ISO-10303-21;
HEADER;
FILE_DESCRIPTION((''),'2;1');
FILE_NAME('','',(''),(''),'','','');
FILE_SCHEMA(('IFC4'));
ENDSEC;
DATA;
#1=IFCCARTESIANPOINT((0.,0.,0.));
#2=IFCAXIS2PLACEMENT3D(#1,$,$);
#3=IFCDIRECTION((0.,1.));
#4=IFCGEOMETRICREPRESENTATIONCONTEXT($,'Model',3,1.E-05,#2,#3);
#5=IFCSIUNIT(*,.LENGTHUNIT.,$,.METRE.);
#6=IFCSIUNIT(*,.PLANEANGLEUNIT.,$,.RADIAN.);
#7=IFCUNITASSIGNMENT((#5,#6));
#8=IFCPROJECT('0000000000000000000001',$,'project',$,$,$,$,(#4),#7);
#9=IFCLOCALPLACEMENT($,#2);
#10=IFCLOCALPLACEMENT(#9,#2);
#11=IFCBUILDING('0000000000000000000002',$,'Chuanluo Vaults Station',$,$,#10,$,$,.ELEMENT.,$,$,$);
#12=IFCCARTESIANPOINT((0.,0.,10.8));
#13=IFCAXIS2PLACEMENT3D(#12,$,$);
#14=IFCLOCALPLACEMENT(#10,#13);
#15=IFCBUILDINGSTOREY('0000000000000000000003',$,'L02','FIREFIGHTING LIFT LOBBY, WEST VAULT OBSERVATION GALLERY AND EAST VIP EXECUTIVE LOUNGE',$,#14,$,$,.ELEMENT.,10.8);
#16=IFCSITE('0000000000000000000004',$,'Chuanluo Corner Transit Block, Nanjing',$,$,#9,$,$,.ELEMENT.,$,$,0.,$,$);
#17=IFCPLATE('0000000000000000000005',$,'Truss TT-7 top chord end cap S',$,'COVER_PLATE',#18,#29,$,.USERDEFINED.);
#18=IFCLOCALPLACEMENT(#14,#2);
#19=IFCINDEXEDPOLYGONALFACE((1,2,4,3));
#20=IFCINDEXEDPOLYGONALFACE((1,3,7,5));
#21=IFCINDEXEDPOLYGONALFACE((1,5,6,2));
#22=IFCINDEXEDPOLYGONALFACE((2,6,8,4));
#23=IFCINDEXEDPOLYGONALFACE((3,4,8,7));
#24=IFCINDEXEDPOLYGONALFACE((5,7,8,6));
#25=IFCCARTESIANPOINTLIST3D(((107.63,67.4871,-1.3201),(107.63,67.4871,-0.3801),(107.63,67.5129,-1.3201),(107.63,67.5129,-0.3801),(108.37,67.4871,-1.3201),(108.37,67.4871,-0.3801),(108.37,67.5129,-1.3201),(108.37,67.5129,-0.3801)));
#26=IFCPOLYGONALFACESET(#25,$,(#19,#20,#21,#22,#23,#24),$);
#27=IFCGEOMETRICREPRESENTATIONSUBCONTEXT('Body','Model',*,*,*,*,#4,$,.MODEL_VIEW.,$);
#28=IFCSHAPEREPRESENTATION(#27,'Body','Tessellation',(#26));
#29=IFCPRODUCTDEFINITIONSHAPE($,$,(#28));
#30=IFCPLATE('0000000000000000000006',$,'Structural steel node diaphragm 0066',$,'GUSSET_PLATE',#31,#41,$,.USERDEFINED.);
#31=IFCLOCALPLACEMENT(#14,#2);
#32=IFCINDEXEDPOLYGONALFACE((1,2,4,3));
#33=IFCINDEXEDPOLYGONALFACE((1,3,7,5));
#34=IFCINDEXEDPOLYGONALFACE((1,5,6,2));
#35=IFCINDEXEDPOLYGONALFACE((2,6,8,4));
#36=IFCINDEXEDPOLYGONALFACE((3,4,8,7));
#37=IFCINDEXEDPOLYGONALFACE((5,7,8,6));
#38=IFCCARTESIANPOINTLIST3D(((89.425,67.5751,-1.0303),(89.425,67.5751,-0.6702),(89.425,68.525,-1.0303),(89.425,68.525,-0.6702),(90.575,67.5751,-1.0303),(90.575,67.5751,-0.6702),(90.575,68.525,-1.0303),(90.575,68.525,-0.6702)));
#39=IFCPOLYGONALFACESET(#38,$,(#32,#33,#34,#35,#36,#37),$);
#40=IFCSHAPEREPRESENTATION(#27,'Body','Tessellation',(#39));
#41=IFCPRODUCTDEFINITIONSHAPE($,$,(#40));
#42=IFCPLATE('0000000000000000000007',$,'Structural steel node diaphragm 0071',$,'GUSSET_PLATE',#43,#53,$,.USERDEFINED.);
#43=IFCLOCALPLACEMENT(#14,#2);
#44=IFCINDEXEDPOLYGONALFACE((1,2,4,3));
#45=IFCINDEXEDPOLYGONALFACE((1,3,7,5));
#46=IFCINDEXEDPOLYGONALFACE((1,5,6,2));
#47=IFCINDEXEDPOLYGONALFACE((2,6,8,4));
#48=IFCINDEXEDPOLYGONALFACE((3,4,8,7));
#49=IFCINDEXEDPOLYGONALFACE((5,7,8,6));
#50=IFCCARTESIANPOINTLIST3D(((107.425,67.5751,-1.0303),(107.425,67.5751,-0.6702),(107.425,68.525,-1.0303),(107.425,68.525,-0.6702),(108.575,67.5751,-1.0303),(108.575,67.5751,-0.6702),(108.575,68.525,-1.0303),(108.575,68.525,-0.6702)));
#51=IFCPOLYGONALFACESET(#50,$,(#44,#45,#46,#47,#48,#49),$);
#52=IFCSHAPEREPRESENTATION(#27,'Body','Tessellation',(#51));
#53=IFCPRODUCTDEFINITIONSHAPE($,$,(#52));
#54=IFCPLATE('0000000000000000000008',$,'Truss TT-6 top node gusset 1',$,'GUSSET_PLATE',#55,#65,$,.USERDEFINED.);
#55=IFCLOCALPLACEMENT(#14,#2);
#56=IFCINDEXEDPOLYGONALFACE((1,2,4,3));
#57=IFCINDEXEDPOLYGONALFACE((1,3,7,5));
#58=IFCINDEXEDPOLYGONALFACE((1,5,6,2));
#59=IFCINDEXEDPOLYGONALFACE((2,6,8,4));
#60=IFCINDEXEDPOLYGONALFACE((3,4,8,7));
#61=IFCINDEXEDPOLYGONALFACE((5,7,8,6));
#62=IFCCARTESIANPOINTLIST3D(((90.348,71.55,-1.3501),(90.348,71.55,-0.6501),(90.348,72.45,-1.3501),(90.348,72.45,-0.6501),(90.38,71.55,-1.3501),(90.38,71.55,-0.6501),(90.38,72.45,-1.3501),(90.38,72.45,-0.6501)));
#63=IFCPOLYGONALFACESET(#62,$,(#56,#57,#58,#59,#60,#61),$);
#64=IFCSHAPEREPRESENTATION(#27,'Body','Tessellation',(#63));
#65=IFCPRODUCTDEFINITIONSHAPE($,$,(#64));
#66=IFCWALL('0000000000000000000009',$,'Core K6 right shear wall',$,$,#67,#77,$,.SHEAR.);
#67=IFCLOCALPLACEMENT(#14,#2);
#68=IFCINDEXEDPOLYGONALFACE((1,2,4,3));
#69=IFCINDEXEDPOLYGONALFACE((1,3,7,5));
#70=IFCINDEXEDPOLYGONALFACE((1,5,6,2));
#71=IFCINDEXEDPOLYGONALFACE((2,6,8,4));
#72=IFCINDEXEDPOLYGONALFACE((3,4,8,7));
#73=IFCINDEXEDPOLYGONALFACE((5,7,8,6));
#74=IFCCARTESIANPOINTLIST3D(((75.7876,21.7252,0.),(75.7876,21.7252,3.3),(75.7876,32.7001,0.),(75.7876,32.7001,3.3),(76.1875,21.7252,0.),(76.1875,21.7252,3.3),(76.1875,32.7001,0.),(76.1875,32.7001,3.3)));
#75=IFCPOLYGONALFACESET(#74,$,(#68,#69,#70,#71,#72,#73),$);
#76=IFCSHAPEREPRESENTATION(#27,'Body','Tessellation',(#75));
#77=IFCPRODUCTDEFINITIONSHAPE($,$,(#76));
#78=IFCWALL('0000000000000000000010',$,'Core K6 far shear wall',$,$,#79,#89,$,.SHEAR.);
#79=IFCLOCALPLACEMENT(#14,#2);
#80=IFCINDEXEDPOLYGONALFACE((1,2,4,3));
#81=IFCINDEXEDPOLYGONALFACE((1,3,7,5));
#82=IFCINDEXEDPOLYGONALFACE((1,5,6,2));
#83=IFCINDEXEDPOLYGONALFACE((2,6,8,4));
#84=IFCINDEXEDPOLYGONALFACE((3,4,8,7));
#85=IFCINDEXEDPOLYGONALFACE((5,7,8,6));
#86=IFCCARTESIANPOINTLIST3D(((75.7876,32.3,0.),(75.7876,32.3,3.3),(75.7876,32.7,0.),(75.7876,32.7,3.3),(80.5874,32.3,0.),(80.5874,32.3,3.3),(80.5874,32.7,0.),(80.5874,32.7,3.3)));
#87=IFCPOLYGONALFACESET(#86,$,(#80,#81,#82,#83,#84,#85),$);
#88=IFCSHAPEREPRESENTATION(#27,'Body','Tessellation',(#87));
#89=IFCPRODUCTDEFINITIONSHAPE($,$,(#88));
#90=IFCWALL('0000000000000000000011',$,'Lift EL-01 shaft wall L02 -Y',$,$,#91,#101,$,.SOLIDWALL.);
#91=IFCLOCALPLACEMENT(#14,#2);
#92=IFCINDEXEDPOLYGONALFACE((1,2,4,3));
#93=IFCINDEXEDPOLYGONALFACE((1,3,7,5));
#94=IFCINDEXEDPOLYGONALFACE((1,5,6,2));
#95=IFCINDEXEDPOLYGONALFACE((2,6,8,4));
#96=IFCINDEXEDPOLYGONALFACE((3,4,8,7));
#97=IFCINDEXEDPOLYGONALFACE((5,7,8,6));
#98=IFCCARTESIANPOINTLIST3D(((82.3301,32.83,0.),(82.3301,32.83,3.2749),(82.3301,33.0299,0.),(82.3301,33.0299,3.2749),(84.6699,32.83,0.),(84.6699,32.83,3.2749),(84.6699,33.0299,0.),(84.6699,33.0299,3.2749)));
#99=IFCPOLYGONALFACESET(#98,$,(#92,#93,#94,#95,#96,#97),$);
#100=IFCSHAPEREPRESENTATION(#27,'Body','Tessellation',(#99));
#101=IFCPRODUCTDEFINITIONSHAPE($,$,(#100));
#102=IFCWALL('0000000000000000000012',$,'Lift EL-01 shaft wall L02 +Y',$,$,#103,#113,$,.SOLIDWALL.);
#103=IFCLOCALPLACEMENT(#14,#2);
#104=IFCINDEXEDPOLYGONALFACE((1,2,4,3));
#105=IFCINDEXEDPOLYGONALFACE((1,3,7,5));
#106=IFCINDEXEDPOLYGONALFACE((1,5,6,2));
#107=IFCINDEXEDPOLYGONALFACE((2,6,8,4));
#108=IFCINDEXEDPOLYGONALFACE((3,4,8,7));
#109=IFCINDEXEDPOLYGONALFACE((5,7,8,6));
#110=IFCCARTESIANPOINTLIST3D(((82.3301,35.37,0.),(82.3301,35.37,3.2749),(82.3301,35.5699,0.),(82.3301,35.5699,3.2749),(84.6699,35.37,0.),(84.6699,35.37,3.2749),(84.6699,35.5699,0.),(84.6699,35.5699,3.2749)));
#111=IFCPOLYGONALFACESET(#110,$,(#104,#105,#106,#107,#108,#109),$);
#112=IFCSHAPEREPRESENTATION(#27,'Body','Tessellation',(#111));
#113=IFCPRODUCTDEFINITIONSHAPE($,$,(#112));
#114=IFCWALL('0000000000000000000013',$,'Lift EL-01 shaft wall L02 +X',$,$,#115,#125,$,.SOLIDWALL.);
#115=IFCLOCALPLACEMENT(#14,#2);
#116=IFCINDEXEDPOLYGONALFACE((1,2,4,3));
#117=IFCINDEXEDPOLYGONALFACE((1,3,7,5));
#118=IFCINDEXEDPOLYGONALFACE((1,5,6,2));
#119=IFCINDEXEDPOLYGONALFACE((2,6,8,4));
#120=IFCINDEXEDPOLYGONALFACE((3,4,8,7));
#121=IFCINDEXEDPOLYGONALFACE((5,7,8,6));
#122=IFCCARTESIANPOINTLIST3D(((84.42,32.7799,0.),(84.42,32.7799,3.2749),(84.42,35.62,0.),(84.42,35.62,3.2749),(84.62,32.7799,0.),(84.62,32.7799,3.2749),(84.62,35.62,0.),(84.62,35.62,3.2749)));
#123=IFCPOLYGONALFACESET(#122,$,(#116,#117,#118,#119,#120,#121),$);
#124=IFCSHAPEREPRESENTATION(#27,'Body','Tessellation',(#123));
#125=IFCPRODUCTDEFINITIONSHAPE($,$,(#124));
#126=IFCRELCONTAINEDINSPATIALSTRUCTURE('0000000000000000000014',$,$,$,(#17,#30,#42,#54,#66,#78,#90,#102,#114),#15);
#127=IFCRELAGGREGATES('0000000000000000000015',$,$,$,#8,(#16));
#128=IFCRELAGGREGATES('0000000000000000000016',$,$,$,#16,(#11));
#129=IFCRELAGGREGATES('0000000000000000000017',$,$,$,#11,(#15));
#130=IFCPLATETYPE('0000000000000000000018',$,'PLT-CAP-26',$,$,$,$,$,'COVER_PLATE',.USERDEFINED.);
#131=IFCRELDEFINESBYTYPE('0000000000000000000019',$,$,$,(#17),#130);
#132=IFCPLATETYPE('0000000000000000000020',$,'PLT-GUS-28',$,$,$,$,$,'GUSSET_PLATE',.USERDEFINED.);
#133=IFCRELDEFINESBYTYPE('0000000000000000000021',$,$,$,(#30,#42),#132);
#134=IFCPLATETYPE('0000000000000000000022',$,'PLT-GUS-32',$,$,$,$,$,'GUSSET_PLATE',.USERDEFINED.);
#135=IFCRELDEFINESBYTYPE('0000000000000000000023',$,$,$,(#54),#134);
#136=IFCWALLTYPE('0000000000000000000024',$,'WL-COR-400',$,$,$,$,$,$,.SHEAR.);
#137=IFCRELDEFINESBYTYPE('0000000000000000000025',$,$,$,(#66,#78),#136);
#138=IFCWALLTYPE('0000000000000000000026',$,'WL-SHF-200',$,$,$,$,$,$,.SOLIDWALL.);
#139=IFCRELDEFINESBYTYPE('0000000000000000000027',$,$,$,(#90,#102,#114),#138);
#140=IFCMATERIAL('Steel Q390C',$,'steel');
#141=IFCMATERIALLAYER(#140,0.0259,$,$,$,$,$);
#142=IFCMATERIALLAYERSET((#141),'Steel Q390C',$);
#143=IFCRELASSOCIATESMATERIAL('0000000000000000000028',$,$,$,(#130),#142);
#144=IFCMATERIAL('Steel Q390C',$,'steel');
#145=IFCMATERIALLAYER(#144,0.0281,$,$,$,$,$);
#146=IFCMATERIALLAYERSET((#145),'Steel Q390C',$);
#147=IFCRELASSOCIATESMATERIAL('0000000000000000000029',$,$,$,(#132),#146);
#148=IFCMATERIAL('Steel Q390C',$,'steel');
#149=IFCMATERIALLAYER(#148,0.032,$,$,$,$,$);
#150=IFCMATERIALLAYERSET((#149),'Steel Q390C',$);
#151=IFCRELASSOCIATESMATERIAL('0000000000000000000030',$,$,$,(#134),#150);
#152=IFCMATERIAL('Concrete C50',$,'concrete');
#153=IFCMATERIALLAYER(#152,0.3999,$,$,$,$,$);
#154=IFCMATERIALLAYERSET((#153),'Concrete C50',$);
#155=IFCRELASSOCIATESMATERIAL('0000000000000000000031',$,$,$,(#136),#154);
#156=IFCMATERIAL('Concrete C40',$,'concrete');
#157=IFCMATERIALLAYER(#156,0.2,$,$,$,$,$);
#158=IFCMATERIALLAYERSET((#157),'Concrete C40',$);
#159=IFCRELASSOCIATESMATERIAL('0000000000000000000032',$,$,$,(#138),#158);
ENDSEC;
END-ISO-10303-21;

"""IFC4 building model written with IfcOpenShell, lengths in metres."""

from ifc_helpers import new_model, si_unit, direction, frame, frame_2d, origin, origin_2d, place, context, subcontext, project, spatial, rectangle, extrude, material, layer, layer_set, type_object, element, save


model = new_model("IFC4")

# Units and contexts
model_context = context("Model", 3, precision=1e-05, world=origin(), true_north=direction((0.0, 1.0)))
body_context = subcontext(model_context, "Body", "Model", "MODEL_VIEW")
ifc_project = project(units=[si_unit("LENGTHUNIT", "METRE"), si_unit("PLANEANGLEUNIT", "RADIAN")], contexts=[model_context])

# Site, building, storey
site_placement = place(None, origin())
site = spatial("IfcSite", under=ifc_project, at=site_placement, Name="Chuanluo Corner Transit Block, Nanjing", CompositionType="ELEMENT", RefElevation=0.0)
building_placement = place(site_placement, origin())
building = spatial("IfcBuilding", under=site, at=building_placement, Name="Chuanluo Vaults Station", CompositionType="ELEMENT")
storey_placement = place(building_placement, frame((0.0, 0.0, 10.8)))
storey = spatial("IfcBuildingStorey", under=building, at=storey_placement, Name="L02", Description="FIREFIGHTING LIFT LOBBY, WEST VAULT OBSERVATION GALLERY AND EAST VIP EXECUTIVE LOUNGE", CompositionType="ELEMENT", Elevation=10.8)

# Plates
ifc_material_1 = material(Name="Steel Q390C", Category="steel")
ifc_layer_1 = layer(ifc_material_1, 0.0259)
ifc_layer_set_1 = layer_set([ifc_layer_1], Name="Steel Q390C")
plate_type_1 = type_object("IfcPlateType", Name="PLT-CAP-26", ElementType="COVER_PLATE", PredefinedType="USERDEFINED", material=ifc_layer_set_1)
for number, where, z_axis, x_axis, name in (
    (1, (108.0, 67.5, -1.3201), (0.0, 0.0, 1.0), (1.0, 0.0, 0.0), "Truss TT-7 top chord end cap S"),
):
    element("IfcPlate", number, at=place(storey_placement, frame(where, z_axis=z_axis, x_axis=x_axis)), inside=storey, type_object=plate_type_1, Name=name, ObjectType="COVER_PLATE", PredefinedType="USERDEFINED", context=body_context, shape_type="SweptSolid", body=[
        extrude(rectangle(XDim=0.74, YDim=0.0259, at=origin_2d()), origin(), (0.0, 0.0, 1.0), 0.9399),
    ])
ifc_material_2 = material(Name="Steel Q390C", Category="steel")
ifc_layer_2 = layer(ifc_material_2, 0.0281)
ifc_layer_set_2 = layer_set([ifc_layer_2], Name="Steel Q390C")
plate_type_2 = type_object("IfcPlateType", Name="PLT-GUS-28", ElementType="GUSSET_PLATE", PredefinedType="USERDEFINED", material=ifc_layer_set_2)
for number, where, z_axis, x_axis, name in (
    (2, (90.0, 68.05, -1.0303), (0.0, 0.0, 1.0), (1.0, 0.0, 0.0), "Structural steel node diaphragm 0066"),
    (3, (108.0, 68.05, -1.0303), (0.0, 0.0, 1.0), (1.0, 0.0, 0.0), "Structural steel node diaphragm 0071"),
):
    element("IfcPlate", number, at=place(storey_placement, frame(where, z_axis=z_axis, x_axis=x_axis)), inside=storey, type_object=plate_type_2, Name=name, ObjectType="GUSSET_PLATE", PredefinedType="USERDEFINED", context=body_context, shape_type="SweptSolid", body=[
        extrude(rectangle(XDim=1.1499, YDim=0.95, at=origin_2d()), origin(), (0.0, 0.0, 1.0), 0.3601),
    ])
ifc_material_3 = material(Name="Steel Q390C", Category="steel")
ifc_layer_3 = layer(ifc_material_3, 0.032)
ifc_layer_set_3 = layer_set([ifc_layer_3], Name="Steel Q390C")
plate_type_3 = type_object("IfcPlateType", Name="PLT-GUS-32", ElementType="GUSSET_PLATE", PredefinedType="USERDEFINED", material=ifc_layer_set_3)
plate_placement = place(storey_placement, frame((90.364, 72.0, -1.3501), z_axis=(0.0, 0.0, 1.0), x_axis=(1.0, 0.0, 0.0)))
element("IfcPlate", 4, at=plate_placement, inside=storey, type_object=plate_type_3, Name="Truss TT-6 top node gusset 1", ObjectType="GUSSET_PLATE", PredefinedType="USERDEFINED", context=body_context, shape_type="SweptSolid", body=[
    extrude(rectangle(XDim=0.032, YDim=0.8999, at=origin_2d()), origin(), (0.0, 0.0, 1.0), 0.7),
])

# Walls
ifc_material_4 = material(Name="Concrete C50", Category="concrete")
ifc_layer_4 = layer(ifc_material_4, 0.3999)
ifc_layer_set_4 = layer_set([ifc_layer_4], Name="Concrete C50")
wall_type_1 = type_object("IfcWallType", Name="WL-COR-400", PredefinedType="SHEAR", material=ifc_layer_set_4)
wall_1_placement = place(storey_placement, frame((75.9875, 32.7, 0.0), z_axis=(0.0, 0.0, 1.0), x_axis=(0.0, -1.0, 0.0)))
element("IfcWall", 5, at=wall_1_placement, inside=storey, type_object=wall_type_1, Name="Core K6 right shear wall", PredefinedType="SHEAR", context=body_context, shape_type="SweptSolid", body=[
    extrude(rectangle(XDim=10.9749, YDim=0.3999, at=frame_2d((5.4873, 0.0))), origin(), (0.0, 0.0, 1.0), 3.3),
])
wall_2_placement = place(storey_placement, frame((80.5874, 32.5, 0.0), z_axis=(0.0, 0.0, 1.0), x_axis=(-1.0, 0.0, 0.0)))
element("IfcWall", 6, at=wall_2_placement, inside=storey, type_object=wall_type_1, Name="Core K6 far shear wall", PredefinedType="SHEAR", context=body_context, shape_type="SweptSolid", body=[
    extrude(rectangle(XDim=4.7998, YDim=0.3999, at=frame_2d((2.3999, 0.0))), origin(), (0.0, 0.0, 1.0), 3.3),
])
ifc_material_5 = material(Name="Concrete C40", Category="concrete")
ifc_layer_5 = layer(ifc_material_5, 0.2)
ifc_layer_set_5 = layer_set([ifc_layer_5], Name="Concrete C40")
wall_type_2 = type_object("IfcWallType", Name="WL-SHF-200", PredefinedType="SOLIDWALL", material=ifc_layer_set_5)
for number, where, z_axis, x_axis, name in (
    (7, (82.3301, 32.9299, 0.0), (0.0, 0.0, 1.0), (1.0, 0.0, 0.0), "Lift EL-01 shaft wall L02 -Y"),
    (8, (84.6699, 35.47, 0.0), (0.0, 0.0, 1.0), (-1.0, 0.0, 0.0), "Lift EL-01 shaft wall L02 +Y"),
):
    element("IfcWall", number, at=place(storey_placement, frame(where, z_axis=z_axis, x_axis=x_axis)), inside=storey, type_object=wall_type_2, Name=name, PredefinedType="SOLIDWALL", context=body_context, shape_type="SweptSolid", body=[
        extrude(rectangle(XDim=2.3398, YDim=0.2, at=frame_2d((1.1699, 0.0))), origin(), (0.0, 0.0, 1.0), 3.2749),
    ])

# Wall
wall_3_placement = place(storey_placement, frame((84.52, 32.78, 0.0), z_axis=(0.0, 0.0, 1.0), x_axis=(0.0, 1.0, 0.0)))
element("IfcWall", 9, at=wall_3_placement, inside=storey, type_object=wall_type_2, Name="Lift EL-01 shaft wall L02 +X", PredefinedType="SOLIDWALL", context=body_context, shape_type="SweptSolid", body=[
    extrude(rectangle(XDim=2.8401, YDim=0.2, at=frame_2d((1.4199, 0.0))), origin(), (0.0, 0.0, 1.0), 3.2749),
])

save(model, "model.ifc")
